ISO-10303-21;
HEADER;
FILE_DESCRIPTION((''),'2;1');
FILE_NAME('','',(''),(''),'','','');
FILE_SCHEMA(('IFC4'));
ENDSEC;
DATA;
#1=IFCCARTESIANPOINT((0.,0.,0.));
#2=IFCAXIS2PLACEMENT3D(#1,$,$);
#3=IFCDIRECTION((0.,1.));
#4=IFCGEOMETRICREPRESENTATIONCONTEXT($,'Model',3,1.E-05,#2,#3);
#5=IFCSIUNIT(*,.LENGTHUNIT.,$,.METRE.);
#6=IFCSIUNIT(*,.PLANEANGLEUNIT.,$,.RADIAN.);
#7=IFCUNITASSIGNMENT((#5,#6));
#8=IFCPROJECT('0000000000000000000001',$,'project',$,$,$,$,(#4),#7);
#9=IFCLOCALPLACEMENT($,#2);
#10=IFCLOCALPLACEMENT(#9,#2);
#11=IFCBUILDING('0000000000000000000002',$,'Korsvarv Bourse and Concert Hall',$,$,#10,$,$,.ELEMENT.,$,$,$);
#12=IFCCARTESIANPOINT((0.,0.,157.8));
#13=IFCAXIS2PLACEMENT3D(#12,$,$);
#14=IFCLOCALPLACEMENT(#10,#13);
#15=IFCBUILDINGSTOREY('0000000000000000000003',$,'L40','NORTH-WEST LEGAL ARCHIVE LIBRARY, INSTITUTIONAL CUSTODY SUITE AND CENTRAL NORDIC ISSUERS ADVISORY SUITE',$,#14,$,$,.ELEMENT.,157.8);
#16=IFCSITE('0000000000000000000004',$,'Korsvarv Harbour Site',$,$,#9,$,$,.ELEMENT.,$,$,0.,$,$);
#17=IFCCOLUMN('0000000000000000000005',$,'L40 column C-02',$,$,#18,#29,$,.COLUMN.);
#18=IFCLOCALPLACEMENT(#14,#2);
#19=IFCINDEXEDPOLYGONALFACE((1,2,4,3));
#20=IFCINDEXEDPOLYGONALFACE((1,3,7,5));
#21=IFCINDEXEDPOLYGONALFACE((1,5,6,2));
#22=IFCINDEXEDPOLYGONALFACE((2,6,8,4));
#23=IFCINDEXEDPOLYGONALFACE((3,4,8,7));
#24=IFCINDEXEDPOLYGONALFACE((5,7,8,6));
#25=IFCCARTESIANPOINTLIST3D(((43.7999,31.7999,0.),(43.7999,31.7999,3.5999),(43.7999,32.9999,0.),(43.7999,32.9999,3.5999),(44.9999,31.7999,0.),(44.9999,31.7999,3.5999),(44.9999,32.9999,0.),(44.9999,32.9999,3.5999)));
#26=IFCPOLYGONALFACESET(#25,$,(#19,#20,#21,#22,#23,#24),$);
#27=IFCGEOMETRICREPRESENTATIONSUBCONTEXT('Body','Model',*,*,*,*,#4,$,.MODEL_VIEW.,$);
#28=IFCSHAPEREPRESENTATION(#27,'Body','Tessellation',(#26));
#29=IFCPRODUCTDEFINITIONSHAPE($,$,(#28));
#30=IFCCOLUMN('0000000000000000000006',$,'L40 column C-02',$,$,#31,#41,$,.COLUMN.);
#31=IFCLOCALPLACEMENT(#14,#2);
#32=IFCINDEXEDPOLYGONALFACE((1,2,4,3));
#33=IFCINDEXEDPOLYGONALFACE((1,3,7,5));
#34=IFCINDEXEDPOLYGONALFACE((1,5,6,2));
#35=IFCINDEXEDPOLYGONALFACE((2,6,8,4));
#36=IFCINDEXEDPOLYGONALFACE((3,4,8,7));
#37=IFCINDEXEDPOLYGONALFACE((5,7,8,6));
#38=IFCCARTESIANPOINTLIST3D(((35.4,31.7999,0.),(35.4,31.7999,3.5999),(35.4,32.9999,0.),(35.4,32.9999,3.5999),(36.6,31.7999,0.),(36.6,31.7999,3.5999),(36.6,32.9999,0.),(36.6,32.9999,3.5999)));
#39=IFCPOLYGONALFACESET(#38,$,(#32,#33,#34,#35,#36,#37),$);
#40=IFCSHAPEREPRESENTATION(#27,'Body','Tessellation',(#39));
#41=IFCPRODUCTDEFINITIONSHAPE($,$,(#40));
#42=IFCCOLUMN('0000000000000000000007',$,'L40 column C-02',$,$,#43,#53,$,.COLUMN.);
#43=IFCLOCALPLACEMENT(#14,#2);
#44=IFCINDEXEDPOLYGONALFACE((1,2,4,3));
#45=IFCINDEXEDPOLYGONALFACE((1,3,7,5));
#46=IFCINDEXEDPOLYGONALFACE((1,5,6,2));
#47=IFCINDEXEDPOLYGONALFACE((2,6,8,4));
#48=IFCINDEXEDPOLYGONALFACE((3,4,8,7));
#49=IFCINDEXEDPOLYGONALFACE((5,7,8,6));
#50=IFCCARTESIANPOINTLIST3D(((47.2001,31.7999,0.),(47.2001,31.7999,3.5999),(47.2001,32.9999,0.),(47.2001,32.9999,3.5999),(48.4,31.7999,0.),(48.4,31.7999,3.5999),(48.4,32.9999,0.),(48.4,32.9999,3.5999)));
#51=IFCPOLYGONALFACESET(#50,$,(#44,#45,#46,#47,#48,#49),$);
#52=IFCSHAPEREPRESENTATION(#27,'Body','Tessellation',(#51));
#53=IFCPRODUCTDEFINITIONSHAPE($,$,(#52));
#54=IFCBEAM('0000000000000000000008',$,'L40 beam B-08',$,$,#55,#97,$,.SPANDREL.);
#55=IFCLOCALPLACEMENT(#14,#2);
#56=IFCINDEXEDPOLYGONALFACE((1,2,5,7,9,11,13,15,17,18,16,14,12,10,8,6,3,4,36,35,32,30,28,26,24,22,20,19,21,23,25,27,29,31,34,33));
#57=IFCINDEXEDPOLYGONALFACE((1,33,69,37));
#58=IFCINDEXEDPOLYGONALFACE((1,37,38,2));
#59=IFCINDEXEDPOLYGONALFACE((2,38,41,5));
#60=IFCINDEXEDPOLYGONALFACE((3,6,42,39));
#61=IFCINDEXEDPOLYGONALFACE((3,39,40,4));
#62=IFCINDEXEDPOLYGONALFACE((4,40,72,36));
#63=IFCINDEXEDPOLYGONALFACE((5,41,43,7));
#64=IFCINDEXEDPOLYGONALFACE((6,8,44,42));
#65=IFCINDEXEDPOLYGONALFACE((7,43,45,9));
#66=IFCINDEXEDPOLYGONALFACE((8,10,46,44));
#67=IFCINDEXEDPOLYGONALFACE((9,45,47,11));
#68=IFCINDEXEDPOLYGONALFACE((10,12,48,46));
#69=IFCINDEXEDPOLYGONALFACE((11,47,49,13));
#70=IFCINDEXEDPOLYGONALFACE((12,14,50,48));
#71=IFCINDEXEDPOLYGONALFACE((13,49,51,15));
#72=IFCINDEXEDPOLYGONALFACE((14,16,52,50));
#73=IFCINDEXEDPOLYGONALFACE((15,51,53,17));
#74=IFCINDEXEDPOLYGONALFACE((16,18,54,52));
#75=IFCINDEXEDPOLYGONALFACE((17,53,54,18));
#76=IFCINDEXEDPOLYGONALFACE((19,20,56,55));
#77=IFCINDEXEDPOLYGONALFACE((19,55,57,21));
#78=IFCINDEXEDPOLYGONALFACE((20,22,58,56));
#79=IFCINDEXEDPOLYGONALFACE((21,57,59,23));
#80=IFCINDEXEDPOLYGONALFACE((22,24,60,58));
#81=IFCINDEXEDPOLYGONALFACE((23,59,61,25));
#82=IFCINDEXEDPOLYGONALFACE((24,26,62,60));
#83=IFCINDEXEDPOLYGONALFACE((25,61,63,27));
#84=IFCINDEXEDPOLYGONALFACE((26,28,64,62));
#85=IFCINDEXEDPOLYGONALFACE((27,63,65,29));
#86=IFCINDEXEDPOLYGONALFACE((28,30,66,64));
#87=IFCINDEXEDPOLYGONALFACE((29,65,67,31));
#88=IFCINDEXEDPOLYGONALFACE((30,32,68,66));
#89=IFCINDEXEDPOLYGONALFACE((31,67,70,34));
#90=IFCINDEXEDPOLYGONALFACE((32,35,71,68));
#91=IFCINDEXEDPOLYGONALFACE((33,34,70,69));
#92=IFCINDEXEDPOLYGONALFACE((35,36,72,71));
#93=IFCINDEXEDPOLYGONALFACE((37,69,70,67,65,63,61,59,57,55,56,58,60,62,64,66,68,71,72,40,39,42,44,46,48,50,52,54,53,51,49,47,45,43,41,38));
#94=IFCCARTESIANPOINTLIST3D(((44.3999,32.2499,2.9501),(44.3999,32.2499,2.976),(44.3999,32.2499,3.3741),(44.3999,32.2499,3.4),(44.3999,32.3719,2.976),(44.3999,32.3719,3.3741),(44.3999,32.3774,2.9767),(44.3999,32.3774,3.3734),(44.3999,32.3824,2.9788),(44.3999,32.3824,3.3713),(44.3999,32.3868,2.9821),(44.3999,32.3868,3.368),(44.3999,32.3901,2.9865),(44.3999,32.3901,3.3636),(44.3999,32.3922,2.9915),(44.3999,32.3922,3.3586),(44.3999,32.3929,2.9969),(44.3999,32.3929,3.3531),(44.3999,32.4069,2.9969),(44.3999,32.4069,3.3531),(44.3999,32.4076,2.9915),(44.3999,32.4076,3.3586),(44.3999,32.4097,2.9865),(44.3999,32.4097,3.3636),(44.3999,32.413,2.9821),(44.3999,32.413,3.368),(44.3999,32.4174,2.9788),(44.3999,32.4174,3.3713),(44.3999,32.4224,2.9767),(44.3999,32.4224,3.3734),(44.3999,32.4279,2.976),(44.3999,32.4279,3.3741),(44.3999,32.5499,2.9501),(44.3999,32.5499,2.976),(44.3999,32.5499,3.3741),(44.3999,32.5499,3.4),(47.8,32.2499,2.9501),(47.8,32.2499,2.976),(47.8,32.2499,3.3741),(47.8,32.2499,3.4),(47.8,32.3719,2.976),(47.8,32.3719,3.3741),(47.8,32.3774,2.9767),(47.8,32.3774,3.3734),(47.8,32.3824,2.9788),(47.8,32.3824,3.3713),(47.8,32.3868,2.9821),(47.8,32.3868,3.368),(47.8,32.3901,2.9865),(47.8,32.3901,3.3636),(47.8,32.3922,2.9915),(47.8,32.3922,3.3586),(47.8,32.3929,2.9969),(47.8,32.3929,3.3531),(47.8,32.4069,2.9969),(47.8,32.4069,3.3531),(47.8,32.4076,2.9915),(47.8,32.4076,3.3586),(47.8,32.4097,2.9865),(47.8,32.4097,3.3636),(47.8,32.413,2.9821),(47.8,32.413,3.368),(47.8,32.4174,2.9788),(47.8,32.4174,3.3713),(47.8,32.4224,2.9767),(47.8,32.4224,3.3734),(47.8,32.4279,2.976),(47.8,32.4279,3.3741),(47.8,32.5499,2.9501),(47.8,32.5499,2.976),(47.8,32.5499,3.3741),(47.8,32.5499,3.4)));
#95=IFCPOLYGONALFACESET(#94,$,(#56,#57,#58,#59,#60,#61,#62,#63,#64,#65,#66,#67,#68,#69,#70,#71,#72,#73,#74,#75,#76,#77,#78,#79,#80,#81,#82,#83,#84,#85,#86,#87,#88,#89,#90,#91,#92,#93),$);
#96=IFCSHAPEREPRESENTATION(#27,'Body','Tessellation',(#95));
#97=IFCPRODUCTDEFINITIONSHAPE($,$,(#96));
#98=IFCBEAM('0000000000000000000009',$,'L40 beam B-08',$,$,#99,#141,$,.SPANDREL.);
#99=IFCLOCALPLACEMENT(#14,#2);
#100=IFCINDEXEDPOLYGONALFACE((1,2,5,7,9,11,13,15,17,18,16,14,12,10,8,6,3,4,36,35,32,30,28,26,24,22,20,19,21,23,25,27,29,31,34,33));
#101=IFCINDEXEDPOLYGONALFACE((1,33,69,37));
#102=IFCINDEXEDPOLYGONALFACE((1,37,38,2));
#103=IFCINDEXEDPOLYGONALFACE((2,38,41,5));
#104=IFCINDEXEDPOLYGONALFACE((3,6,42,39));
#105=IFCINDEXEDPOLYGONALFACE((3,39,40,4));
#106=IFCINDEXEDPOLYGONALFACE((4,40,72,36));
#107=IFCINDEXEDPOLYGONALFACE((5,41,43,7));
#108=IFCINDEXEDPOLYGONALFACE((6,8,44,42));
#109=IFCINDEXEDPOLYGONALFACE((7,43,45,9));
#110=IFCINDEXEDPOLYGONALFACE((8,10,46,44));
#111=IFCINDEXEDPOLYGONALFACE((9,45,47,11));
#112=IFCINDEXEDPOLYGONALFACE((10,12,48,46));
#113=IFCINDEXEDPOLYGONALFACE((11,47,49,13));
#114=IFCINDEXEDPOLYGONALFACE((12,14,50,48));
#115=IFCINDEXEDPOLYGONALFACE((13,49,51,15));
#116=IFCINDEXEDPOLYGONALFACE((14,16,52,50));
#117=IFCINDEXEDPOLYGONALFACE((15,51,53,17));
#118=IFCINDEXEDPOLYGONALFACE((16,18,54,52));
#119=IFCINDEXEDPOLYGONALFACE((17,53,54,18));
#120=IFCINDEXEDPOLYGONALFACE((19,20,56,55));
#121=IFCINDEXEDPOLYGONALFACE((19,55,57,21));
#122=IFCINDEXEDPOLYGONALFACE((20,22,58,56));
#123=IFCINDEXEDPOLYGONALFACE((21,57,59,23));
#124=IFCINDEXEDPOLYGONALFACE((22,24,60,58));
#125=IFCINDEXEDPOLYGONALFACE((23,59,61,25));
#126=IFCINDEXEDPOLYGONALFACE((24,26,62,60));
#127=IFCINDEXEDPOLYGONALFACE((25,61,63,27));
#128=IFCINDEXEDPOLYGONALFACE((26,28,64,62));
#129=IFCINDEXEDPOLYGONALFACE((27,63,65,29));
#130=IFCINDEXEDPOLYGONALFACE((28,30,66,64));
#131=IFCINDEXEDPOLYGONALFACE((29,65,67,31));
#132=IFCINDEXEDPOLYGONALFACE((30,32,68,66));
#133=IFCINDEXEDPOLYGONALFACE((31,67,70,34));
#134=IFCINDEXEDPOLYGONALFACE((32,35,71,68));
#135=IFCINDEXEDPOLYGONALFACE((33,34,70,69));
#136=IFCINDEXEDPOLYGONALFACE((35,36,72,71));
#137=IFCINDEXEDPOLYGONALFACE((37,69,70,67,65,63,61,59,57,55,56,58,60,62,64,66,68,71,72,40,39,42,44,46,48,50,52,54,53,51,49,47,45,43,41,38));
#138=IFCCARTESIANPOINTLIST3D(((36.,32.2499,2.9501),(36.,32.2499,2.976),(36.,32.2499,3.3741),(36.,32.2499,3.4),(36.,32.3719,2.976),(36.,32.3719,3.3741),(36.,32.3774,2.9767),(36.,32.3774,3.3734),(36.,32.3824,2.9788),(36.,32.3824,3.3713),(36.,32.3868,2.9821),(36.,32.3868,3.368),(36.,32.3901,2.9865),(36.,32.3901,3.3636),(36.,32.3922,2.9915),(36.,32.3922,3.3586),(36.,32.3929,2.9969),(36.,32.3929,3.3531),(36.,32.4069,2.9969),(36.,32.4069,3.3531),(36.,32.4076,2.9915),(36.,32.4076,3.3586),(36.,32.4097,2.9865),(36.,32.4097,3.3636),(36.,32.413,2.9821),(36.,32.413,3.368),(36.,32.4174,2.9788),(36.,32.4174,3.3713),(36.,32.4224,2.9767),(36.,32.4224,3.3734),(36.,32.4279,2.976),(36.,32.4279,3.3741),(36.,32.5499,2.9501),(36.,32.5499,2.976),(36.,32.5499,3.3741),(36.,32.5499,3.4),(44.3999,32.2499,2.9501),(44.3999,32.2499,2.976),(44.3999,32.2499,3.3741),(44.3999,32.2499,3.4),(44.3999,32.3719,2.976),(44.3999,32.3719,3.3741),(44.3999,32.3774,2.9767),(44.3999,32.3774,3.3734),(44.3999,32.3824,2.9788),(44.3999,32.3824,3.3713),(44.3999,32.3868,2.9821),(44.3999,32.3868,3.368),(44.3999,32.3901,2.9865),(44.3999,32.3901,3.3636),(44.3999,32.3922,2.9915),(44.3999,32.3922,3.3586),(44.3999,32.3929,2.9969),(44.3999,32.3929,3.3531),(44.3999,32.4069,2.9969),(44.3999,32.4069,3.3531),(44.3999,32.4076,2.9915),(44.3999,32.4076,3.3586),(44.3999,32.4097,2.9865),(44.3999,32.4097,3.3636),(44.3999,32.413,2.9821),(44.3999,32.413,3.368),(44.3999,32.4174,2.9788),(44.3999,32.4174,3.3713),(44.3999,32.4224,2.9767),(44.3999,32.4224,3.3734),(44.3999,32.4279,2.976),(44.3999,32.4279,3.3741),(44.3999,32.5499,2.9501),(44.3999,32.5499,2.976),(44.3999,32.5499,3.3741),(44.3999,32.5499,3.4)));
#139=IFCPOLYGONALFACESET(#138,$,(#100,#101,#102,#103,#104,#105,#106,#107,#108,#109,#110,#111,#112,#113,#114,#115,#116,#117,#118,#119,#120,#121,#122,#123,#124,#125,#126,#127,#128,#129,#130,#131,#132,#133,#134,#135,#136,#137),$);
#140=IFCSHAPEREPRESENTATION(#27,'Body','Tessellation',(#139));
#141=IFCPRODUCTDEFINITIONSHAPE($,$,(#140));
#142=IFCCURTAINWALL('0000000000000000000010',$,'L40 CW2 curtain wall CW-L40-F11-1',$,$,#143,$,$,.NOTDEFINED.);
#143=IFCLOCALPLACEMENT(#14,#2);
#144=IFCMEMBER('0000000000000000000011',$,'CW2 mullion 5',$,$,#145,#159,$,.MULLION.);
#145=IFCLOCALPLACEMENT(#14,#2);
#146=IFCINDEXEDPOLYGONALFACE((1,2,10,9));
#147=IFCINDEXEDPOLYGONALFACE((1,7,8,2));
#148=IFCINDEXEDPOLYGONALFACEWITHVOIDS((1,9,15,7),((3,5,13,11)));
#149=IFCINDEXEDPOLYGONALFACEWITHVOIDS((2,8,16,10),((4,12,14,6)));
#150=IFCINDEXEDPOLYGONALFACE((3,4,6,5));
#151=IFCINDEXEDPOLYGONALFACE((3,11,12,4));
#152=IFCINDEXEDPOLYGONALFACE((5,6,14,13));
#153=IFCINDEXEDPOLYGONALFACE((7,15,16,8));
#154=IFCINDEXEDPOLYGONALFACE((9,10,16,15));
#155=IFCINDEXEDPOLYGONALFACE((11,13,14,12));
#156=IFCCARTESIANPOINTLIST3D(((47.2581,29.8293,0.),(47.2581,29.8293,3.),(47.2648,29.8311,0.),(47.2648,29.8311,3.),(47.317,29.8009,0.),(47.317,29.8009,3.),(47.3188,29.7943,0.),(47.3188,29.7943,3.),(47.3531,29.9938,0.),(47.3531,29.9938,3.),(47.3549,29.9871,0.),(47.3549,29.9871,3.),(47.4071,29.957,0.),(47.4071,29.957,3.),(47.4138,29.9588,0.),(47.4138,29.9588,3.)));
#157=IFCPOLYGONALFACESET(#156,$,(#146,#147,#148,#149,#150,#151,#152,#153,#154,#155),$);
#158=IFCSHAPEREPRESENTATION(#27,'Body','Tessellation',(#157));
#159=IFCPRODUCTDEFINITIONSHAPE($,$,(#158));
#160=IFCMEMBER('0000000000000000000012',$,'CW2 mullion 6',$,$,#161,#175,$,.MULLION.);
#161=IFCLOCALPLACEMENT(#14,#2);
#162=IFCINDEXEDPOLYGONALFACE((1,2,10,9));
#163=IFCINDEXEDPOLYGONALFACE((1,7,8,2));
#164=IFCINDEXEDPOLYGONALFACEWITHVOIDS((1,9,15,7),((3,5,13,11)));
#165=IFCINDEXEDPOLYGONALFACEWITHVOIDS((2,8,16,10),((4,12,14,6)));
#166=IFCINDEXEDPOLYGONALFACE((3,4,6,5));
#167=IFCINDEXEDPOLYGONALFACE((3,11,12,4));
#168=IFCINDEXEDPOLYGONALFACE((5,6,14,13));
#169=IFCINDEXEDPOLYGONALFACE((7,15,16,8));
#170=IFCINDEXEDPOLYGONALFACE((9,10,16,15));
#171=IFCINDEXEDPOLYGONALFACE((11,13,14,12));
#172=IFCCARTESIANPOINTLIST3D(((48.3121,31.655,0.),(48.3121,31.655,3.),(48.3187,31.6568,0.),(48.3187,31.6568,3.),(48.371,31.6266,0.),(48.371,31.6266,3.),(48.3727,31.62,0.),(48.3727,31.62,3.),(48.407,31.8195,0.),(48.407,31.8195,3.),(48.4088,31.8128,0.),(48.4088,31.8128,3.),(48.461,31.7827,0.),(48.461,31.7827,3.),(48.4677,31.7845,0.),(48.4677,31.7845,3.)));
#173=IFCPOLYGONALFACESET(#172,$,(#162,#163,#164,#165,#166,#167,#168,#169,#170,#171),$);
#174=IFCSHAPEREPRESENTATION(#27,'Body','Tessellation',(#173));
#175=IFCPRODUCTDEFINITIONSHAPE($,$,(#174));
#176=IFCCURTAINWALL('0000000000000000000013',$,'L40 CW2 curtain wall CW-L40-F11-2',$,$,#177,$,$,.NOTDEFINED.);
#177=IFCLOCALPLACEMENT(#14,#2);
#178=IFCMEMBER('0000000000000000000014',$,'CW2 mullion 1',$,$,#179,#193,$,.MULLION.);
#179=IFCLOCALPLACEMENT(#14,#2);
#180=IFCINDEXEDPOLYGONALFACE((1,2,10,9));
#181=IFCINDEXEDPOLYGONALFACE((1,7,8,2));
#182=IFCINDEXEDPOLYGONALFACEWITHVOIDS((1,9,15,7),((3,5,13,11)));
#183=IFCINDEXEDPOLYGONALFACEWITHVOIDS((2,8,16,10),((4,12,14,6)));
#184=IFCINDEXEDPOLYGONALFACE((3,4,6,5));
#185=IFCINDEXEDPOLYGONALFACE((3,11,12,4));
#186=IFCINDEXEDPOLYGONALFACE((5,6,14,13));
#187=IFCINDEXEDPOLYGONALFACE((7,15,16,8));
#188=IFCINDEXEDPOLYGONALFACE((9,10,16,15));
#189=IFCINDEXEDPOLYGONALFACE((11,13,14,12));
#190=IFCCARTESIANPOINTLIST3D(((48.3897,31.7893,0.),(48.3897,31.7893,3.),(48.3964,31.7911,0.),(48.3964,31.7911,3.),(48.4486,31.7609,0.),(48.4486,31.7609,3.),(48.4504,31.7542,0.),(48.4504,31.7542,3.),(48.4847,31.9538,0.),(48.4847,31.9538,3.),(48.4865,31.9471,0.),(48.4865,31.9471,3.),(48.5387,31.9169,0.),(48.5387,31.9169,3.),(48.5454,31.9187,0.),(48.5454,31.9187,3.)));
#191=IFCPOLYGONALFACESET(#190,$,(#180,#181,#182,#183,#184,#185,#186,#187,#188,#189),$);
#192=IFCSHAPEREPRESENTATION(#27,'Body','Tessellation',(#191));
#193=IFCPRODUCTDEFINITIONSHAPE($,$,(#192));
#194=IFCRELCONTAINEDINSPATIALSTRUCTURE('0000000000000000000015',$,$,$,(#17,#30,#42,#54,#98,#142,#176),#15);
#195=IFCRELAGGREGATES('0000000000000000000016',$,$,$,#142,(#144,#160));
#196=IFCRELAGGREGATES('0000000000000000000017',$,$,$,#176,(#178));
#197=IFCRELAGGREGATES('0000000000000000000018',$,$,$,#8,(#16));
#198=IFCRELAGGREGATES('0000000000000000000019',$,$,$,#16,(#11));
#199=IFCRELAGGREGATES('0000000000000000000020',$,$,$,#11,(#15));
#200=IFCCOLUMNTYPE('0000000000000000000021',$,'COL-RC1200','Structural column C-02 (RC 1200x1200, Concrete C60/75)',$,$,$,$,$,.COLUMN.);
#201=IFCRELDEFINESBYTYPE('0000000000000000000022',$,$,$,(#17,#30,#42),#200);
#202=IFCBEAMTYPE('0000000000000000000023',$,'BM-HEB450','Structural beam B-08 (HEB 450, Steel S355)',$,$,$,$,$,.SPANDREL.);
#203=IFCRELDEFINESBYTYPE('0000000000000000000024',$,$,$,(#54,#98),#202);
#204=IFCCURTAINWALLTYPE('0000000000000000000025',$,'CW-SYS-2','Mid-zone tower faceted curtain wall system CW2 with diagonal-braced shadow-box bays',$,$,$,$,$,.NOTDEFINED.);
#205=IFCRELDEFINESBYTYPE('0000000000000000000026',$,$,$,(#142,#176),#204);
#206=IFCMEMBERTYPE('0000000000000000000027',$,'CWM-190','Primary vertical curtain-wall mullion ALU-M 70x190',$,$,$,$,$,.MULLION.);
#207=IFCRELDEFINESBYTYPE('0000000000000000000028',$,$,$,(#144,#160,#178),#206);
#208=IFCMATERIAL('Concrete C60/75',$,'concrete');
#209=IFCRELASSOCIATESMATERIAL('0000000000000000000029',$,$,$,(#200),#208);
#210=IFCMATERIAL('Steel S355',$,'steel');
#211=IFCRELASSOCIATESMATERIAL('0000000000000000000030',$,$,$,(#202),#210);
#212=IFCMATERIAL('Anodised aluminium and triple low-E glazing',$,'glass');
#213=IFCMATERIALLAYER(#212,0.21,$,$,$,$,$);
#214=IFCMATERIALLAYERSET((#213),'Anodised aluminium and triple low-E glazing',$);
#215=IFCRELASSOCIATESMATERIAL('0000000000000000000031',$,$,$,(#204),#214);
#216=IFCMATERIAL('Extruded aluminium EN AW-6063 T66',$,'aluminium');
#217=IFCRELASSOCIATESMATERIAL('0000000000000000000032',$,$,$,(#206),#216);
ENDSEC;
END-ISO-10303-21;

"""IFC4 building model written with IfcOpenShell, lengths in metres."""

from ifc_helpers import new_model, si_unit, direction, frame, origin, origin_2d, place, context, subcontext, project, spatial, rectangle, hollow_rectangle, i_section, extrude, source, transform, mapped, material, layer, layer_set, material_profile, profile_set, type_object, element, aggregate, save


model = new_model("IFC4")

# Units and contexts
model_context = context("Model", 3, precision=1e-05, world=origin(), true_north=direction((0.0, 1.0)))
body_context = subcontext(model_context, "Body", "Model", "MODEL_VIEW")
ifc_project = project(units=[si_unit("LENGTHUNIT", "METRE"), si_unit("PLANEANGLEUNIT", "RADIAN")], contexts=[model_context])

# Site, building, storey
site_placement = place(None, origin())
site = spatial("IfcSite", under=ifc_project, at=site_placement, Name="Korsvarv Harbour Site", CompositionType="ELEMENT", RefElevation=0.0)
building_placement = place(site_placement, origin())
building = spatial("IfcBuilding", under=site, at=building_placement, Name="Korsvarv Bourse and Concert Hall", CompositionType="ELEMENT")
storey_placement = place(building_placement, frame((0.0, 0.0, 157.8)))
storey = spatial("IfcBuildingStorey", under=building, at=storey_placement, Name="L40", Description="NORTH-WEST LEGAL ARCHIVE LIBRARY, INSTITUTIONAL CUSTODY SUITE AND CENTRAL NORDIC ISSUERS ADVISORY SUITE", CompositionType="ELEMENT", Elevation=157.8)

# Columns
ifc_material_1 = material(Name="Concrete C60/75", Category="concrete")
ifc_material_profile_1 = material_profile(ifc_material_1, rectangle(XDim=1.2, YDim=1.2, at=origin_2d()), Name="RC 1200x1200")
ifc_profile_set_1 = profile_set([ifc_material_profile_1], Name="Concrete C60/75")
column_type = type_object("IfcColumnType", Name="COL-RC1200", Description="Structural column C-02 (RC 1200x1200, Concrete C60/75)", PredefinedType="COLUMN", material=ifc_profile_set_1)
shared_shape_1 = source(origin(), body_context, "Body", "SweptSolid", [
    extrude(rectangle(XDim=1.2, YDim=1.2, at=origin_2d()), origin(), (0.0, 0.0, 1.0), 3.5999),
])
for number, where, z_axis, x_axis, name in (
    (1, (44.3999, 32.3999, 0.0), (0.0, 0.0, 1.0), (1.0, 0.0, 0.0), "L40 column C-02"),
    (2, (36.0, 32.3999, 0.0), (0.0, 0.0, 1.0), (1.0, 0.0, 0.0), "L40 column C-02"),
    (3, (47.8, 32.3999, 0.0), (0.0, 0.0, 1.0), (1.0, 0.0, 0.0), "L40 column C-02"),
):
    element("IfcColumn", number, at=place(storey_placement, frame(where, z_axis=z_axis, x_axis=x_axis)), inside=storey, type_object=column_type, Name=name, PredefinedType="COLUMN", context=body_context, shape_type="MappedRepresentation", body=[
        mapped(shared_shape_1, transform((0.0, 0.0, 0.0), scale=1.0)),
    ])

# Beams
ifc_material_2 = material(Name="Steel S355", Category="steel")
ifc_material_profile_2 = material_profile(ifc_material_2, i_section(OverallWidth=0.3, OverallDepth=0.45, WebThickness=0.0139, FlangeThickness=0.0259, FilletRadius=0.021, at=origin_2d()), Name="HEB 450")
ifc_profile_set_2 = profile_set([ifc_material_profile_2], Name="Steel S355")
beam_type = type_object("IfcBeamType", Name="BM-HEB450", Description="Structural beam B-08 (HEB 450, Steel S355)", PredefinedType="SPANDREL", material=ifc_profile_set_2)
shared_shape_2 = source(origin(), body_context, "Body", "SweptSolid", [
    extrude(i_section(OverallWidth=0.3, OverallDepth=0.45, WebThickness=0.0139, FlangeThickness=0.0259, FilletRadius=0.021, at=origin_2d()), origin(), (0.0, 0.0, 1.0), 3.4001),
])
beam_1_placement = place(storey_placement, frame((44.3999, 32.3999, 3.175), z_axis=(1.0, 0.0, 0.0), x_axis=(0.0, 1.0, 0.0)))
element("IfcBeam", 4, at=beam_1_placement, inside=storey, type_object=beam_type, Name="L40 beam B-08", PredefinedType="SPANDREL", context=body_context, shape_type="MappedRepresentation", body=[
    mapped(shared_shape_2, transform((0.0, 0.0, 0.0), scale=1.0)),
])
shared_shape_3 = source(origin(), body_context, "Body", "SweptSolid", [
    extrude(i_section(OverallWidth=0.3, OverallDepth=0.45, WebThickness=0.0139, FlangeThickness=0.0259, FilletRadius=0.021, at=origin_2d()), origin(), (0.0, 0.0, 1.0), 8.3999),
])
beam_2_placement = place(storey_placement, frame((36.0, 32.3999, 3.175), z_axis=(1.0, 0.0, 0.0), x_axis=(0.0, 1.0, 0.0)))
element("IfcBeam", 5, at=beam_2_placement, inside=storey, type_object=beam_type, Name="L40 beam B-08", PredefinedType="SPANDREL", context=body_context, shape_type="MappedRepresentation", body=[
    mapped(shared_shape_3, transform((0.0, 0.0, 0.0), scale=1.0)),
])

# Curtain wall, members
ifc_material_3 = material(Name="Anodised aluminium and triple low-E glazing", Category="glass")
ifc_layer_1 = layer(ifc_material_3, 0.21)
ifc_layer_set_1 = layer_set([ifc_layer_1], Name="Anodised aluminium and triple low-E glazing")
curtain_wall_type = type_object("IfcCurtainWallType", Name="CW-SYS-2", Description="Mid-zone tower faceted curtain wall system CW2 with diagonal-braced shadow-box bays", PredefinedType="NOTDEFINED", material=ifc_layer_set_1)
curtain_wall_1_placement = place(storey_placement, origin())
curtain_wall_1 = element("IfcCurtainWall", 6, at=curtain_wall_1_placement, inside=storey, type_object=curtain_wall_type, Name="L40 CW2 curtain wall CW-L40-F11-1", PredefinedType="NOTDEFINED")
ifc_material_4 = material(Name="Extruded aluminium EN AW-6063 T66", Category="aluminium")
ifc_material_profile_3 = material_profile(ifc_material_4, hollow_rectangle(XDim=0.0701, YDim=0.1899, WallThickness=0.0049, at=origin_2d()), Name="ALU-M 70x190")
ifc_profile_set_3 = profile_set([ifc_material_profile_3], Name="Extruded aluminium EN AW-6063 T66")
member_type_1 = type_object("IfcMemberType", Name="CWM-190", Description="Primary vertical curtain-wall mullion ALU-M 70x190", PredefinedType="MULLION", material=ifc_profile_set_3)
shared_shape_4 = source(origin(), body_context, "Body", "SweptSolid", [
    extrude(hollow_rectangle(XDim=0.0701, YDim=0.1899, WallThickness=0.0049, at=origin_2d()), origin(), (0.0, 0.0, 1.0), 3.0),
])
member_1_placement = place(storey_placement, frame((47.3359, 29.894, 0.0), z_axis=(0.0, 0.0, 1.0), x_axis=(-0.866026, 0.499998, 0.0)))
member_1 = element("IfcMember", 7, at=member_1_placement, type_object=member_type_1, Name="CW2 mullion 5", PredefinedType="MULLION", context=body_context, shape_type="MappedRepresentation", body=[
    mapped(shared_shape_4, transform((0.0, 0.0, 0.0), scale=1.0)),
])
member_2_placement = place(storey_placement, frame((48.3899, 31.7197, 0.0), z_axis=(0.0, 0.0, 1.0), x_axis=(-0.866026, 0.499998, 0.0)))
member_2 = element("IfcMember", 8, at=member_2_placement, type_object=member_type_1, Name="CW2 mullion 6", PredefinedType="MULLION", context=body_context, shape_type="MappedRepresentation", body=[
    mapped(shared_shape_4, transform((0.0, 0.0, 0.0), scale=1.0)),
])

# Curtain wall, member
curtain_wall_2_placement = place(storey_placement, origin())
curtain_wall_2 = element("IfcCurtainWall", 9, at=curtain_wall_2_placement, inside=storey, type_object=curtain_wall_type, Name="L40 CW2 curtain wall CW-L40-F11-2", PredefinedType="NOTDEFINED")
member_3_placement = place(storey_placement, frame((48.4675, 31.854, 0.0), z_axis=(0.0, 0.0, 1.0), x_axis=(-0.866008, 0.500031, 0.0)))
member_3 = element("IfcMember", 10, at=member_3_placement, type_object=member_type_1, Name="CW2 mullion 1", PredefinedType="MULLION", context=body_context, shape_type="MappedRepresentation", body=[
    mapped(shared_shape_4, transform((0.0, 0.0, 0.0), scale=1.0)),
])

aggregate(curtain_wall_1, [member_1, member_2])
aggregate(curtain_wall_2, [member_3])

save(model, "model.ifc")
